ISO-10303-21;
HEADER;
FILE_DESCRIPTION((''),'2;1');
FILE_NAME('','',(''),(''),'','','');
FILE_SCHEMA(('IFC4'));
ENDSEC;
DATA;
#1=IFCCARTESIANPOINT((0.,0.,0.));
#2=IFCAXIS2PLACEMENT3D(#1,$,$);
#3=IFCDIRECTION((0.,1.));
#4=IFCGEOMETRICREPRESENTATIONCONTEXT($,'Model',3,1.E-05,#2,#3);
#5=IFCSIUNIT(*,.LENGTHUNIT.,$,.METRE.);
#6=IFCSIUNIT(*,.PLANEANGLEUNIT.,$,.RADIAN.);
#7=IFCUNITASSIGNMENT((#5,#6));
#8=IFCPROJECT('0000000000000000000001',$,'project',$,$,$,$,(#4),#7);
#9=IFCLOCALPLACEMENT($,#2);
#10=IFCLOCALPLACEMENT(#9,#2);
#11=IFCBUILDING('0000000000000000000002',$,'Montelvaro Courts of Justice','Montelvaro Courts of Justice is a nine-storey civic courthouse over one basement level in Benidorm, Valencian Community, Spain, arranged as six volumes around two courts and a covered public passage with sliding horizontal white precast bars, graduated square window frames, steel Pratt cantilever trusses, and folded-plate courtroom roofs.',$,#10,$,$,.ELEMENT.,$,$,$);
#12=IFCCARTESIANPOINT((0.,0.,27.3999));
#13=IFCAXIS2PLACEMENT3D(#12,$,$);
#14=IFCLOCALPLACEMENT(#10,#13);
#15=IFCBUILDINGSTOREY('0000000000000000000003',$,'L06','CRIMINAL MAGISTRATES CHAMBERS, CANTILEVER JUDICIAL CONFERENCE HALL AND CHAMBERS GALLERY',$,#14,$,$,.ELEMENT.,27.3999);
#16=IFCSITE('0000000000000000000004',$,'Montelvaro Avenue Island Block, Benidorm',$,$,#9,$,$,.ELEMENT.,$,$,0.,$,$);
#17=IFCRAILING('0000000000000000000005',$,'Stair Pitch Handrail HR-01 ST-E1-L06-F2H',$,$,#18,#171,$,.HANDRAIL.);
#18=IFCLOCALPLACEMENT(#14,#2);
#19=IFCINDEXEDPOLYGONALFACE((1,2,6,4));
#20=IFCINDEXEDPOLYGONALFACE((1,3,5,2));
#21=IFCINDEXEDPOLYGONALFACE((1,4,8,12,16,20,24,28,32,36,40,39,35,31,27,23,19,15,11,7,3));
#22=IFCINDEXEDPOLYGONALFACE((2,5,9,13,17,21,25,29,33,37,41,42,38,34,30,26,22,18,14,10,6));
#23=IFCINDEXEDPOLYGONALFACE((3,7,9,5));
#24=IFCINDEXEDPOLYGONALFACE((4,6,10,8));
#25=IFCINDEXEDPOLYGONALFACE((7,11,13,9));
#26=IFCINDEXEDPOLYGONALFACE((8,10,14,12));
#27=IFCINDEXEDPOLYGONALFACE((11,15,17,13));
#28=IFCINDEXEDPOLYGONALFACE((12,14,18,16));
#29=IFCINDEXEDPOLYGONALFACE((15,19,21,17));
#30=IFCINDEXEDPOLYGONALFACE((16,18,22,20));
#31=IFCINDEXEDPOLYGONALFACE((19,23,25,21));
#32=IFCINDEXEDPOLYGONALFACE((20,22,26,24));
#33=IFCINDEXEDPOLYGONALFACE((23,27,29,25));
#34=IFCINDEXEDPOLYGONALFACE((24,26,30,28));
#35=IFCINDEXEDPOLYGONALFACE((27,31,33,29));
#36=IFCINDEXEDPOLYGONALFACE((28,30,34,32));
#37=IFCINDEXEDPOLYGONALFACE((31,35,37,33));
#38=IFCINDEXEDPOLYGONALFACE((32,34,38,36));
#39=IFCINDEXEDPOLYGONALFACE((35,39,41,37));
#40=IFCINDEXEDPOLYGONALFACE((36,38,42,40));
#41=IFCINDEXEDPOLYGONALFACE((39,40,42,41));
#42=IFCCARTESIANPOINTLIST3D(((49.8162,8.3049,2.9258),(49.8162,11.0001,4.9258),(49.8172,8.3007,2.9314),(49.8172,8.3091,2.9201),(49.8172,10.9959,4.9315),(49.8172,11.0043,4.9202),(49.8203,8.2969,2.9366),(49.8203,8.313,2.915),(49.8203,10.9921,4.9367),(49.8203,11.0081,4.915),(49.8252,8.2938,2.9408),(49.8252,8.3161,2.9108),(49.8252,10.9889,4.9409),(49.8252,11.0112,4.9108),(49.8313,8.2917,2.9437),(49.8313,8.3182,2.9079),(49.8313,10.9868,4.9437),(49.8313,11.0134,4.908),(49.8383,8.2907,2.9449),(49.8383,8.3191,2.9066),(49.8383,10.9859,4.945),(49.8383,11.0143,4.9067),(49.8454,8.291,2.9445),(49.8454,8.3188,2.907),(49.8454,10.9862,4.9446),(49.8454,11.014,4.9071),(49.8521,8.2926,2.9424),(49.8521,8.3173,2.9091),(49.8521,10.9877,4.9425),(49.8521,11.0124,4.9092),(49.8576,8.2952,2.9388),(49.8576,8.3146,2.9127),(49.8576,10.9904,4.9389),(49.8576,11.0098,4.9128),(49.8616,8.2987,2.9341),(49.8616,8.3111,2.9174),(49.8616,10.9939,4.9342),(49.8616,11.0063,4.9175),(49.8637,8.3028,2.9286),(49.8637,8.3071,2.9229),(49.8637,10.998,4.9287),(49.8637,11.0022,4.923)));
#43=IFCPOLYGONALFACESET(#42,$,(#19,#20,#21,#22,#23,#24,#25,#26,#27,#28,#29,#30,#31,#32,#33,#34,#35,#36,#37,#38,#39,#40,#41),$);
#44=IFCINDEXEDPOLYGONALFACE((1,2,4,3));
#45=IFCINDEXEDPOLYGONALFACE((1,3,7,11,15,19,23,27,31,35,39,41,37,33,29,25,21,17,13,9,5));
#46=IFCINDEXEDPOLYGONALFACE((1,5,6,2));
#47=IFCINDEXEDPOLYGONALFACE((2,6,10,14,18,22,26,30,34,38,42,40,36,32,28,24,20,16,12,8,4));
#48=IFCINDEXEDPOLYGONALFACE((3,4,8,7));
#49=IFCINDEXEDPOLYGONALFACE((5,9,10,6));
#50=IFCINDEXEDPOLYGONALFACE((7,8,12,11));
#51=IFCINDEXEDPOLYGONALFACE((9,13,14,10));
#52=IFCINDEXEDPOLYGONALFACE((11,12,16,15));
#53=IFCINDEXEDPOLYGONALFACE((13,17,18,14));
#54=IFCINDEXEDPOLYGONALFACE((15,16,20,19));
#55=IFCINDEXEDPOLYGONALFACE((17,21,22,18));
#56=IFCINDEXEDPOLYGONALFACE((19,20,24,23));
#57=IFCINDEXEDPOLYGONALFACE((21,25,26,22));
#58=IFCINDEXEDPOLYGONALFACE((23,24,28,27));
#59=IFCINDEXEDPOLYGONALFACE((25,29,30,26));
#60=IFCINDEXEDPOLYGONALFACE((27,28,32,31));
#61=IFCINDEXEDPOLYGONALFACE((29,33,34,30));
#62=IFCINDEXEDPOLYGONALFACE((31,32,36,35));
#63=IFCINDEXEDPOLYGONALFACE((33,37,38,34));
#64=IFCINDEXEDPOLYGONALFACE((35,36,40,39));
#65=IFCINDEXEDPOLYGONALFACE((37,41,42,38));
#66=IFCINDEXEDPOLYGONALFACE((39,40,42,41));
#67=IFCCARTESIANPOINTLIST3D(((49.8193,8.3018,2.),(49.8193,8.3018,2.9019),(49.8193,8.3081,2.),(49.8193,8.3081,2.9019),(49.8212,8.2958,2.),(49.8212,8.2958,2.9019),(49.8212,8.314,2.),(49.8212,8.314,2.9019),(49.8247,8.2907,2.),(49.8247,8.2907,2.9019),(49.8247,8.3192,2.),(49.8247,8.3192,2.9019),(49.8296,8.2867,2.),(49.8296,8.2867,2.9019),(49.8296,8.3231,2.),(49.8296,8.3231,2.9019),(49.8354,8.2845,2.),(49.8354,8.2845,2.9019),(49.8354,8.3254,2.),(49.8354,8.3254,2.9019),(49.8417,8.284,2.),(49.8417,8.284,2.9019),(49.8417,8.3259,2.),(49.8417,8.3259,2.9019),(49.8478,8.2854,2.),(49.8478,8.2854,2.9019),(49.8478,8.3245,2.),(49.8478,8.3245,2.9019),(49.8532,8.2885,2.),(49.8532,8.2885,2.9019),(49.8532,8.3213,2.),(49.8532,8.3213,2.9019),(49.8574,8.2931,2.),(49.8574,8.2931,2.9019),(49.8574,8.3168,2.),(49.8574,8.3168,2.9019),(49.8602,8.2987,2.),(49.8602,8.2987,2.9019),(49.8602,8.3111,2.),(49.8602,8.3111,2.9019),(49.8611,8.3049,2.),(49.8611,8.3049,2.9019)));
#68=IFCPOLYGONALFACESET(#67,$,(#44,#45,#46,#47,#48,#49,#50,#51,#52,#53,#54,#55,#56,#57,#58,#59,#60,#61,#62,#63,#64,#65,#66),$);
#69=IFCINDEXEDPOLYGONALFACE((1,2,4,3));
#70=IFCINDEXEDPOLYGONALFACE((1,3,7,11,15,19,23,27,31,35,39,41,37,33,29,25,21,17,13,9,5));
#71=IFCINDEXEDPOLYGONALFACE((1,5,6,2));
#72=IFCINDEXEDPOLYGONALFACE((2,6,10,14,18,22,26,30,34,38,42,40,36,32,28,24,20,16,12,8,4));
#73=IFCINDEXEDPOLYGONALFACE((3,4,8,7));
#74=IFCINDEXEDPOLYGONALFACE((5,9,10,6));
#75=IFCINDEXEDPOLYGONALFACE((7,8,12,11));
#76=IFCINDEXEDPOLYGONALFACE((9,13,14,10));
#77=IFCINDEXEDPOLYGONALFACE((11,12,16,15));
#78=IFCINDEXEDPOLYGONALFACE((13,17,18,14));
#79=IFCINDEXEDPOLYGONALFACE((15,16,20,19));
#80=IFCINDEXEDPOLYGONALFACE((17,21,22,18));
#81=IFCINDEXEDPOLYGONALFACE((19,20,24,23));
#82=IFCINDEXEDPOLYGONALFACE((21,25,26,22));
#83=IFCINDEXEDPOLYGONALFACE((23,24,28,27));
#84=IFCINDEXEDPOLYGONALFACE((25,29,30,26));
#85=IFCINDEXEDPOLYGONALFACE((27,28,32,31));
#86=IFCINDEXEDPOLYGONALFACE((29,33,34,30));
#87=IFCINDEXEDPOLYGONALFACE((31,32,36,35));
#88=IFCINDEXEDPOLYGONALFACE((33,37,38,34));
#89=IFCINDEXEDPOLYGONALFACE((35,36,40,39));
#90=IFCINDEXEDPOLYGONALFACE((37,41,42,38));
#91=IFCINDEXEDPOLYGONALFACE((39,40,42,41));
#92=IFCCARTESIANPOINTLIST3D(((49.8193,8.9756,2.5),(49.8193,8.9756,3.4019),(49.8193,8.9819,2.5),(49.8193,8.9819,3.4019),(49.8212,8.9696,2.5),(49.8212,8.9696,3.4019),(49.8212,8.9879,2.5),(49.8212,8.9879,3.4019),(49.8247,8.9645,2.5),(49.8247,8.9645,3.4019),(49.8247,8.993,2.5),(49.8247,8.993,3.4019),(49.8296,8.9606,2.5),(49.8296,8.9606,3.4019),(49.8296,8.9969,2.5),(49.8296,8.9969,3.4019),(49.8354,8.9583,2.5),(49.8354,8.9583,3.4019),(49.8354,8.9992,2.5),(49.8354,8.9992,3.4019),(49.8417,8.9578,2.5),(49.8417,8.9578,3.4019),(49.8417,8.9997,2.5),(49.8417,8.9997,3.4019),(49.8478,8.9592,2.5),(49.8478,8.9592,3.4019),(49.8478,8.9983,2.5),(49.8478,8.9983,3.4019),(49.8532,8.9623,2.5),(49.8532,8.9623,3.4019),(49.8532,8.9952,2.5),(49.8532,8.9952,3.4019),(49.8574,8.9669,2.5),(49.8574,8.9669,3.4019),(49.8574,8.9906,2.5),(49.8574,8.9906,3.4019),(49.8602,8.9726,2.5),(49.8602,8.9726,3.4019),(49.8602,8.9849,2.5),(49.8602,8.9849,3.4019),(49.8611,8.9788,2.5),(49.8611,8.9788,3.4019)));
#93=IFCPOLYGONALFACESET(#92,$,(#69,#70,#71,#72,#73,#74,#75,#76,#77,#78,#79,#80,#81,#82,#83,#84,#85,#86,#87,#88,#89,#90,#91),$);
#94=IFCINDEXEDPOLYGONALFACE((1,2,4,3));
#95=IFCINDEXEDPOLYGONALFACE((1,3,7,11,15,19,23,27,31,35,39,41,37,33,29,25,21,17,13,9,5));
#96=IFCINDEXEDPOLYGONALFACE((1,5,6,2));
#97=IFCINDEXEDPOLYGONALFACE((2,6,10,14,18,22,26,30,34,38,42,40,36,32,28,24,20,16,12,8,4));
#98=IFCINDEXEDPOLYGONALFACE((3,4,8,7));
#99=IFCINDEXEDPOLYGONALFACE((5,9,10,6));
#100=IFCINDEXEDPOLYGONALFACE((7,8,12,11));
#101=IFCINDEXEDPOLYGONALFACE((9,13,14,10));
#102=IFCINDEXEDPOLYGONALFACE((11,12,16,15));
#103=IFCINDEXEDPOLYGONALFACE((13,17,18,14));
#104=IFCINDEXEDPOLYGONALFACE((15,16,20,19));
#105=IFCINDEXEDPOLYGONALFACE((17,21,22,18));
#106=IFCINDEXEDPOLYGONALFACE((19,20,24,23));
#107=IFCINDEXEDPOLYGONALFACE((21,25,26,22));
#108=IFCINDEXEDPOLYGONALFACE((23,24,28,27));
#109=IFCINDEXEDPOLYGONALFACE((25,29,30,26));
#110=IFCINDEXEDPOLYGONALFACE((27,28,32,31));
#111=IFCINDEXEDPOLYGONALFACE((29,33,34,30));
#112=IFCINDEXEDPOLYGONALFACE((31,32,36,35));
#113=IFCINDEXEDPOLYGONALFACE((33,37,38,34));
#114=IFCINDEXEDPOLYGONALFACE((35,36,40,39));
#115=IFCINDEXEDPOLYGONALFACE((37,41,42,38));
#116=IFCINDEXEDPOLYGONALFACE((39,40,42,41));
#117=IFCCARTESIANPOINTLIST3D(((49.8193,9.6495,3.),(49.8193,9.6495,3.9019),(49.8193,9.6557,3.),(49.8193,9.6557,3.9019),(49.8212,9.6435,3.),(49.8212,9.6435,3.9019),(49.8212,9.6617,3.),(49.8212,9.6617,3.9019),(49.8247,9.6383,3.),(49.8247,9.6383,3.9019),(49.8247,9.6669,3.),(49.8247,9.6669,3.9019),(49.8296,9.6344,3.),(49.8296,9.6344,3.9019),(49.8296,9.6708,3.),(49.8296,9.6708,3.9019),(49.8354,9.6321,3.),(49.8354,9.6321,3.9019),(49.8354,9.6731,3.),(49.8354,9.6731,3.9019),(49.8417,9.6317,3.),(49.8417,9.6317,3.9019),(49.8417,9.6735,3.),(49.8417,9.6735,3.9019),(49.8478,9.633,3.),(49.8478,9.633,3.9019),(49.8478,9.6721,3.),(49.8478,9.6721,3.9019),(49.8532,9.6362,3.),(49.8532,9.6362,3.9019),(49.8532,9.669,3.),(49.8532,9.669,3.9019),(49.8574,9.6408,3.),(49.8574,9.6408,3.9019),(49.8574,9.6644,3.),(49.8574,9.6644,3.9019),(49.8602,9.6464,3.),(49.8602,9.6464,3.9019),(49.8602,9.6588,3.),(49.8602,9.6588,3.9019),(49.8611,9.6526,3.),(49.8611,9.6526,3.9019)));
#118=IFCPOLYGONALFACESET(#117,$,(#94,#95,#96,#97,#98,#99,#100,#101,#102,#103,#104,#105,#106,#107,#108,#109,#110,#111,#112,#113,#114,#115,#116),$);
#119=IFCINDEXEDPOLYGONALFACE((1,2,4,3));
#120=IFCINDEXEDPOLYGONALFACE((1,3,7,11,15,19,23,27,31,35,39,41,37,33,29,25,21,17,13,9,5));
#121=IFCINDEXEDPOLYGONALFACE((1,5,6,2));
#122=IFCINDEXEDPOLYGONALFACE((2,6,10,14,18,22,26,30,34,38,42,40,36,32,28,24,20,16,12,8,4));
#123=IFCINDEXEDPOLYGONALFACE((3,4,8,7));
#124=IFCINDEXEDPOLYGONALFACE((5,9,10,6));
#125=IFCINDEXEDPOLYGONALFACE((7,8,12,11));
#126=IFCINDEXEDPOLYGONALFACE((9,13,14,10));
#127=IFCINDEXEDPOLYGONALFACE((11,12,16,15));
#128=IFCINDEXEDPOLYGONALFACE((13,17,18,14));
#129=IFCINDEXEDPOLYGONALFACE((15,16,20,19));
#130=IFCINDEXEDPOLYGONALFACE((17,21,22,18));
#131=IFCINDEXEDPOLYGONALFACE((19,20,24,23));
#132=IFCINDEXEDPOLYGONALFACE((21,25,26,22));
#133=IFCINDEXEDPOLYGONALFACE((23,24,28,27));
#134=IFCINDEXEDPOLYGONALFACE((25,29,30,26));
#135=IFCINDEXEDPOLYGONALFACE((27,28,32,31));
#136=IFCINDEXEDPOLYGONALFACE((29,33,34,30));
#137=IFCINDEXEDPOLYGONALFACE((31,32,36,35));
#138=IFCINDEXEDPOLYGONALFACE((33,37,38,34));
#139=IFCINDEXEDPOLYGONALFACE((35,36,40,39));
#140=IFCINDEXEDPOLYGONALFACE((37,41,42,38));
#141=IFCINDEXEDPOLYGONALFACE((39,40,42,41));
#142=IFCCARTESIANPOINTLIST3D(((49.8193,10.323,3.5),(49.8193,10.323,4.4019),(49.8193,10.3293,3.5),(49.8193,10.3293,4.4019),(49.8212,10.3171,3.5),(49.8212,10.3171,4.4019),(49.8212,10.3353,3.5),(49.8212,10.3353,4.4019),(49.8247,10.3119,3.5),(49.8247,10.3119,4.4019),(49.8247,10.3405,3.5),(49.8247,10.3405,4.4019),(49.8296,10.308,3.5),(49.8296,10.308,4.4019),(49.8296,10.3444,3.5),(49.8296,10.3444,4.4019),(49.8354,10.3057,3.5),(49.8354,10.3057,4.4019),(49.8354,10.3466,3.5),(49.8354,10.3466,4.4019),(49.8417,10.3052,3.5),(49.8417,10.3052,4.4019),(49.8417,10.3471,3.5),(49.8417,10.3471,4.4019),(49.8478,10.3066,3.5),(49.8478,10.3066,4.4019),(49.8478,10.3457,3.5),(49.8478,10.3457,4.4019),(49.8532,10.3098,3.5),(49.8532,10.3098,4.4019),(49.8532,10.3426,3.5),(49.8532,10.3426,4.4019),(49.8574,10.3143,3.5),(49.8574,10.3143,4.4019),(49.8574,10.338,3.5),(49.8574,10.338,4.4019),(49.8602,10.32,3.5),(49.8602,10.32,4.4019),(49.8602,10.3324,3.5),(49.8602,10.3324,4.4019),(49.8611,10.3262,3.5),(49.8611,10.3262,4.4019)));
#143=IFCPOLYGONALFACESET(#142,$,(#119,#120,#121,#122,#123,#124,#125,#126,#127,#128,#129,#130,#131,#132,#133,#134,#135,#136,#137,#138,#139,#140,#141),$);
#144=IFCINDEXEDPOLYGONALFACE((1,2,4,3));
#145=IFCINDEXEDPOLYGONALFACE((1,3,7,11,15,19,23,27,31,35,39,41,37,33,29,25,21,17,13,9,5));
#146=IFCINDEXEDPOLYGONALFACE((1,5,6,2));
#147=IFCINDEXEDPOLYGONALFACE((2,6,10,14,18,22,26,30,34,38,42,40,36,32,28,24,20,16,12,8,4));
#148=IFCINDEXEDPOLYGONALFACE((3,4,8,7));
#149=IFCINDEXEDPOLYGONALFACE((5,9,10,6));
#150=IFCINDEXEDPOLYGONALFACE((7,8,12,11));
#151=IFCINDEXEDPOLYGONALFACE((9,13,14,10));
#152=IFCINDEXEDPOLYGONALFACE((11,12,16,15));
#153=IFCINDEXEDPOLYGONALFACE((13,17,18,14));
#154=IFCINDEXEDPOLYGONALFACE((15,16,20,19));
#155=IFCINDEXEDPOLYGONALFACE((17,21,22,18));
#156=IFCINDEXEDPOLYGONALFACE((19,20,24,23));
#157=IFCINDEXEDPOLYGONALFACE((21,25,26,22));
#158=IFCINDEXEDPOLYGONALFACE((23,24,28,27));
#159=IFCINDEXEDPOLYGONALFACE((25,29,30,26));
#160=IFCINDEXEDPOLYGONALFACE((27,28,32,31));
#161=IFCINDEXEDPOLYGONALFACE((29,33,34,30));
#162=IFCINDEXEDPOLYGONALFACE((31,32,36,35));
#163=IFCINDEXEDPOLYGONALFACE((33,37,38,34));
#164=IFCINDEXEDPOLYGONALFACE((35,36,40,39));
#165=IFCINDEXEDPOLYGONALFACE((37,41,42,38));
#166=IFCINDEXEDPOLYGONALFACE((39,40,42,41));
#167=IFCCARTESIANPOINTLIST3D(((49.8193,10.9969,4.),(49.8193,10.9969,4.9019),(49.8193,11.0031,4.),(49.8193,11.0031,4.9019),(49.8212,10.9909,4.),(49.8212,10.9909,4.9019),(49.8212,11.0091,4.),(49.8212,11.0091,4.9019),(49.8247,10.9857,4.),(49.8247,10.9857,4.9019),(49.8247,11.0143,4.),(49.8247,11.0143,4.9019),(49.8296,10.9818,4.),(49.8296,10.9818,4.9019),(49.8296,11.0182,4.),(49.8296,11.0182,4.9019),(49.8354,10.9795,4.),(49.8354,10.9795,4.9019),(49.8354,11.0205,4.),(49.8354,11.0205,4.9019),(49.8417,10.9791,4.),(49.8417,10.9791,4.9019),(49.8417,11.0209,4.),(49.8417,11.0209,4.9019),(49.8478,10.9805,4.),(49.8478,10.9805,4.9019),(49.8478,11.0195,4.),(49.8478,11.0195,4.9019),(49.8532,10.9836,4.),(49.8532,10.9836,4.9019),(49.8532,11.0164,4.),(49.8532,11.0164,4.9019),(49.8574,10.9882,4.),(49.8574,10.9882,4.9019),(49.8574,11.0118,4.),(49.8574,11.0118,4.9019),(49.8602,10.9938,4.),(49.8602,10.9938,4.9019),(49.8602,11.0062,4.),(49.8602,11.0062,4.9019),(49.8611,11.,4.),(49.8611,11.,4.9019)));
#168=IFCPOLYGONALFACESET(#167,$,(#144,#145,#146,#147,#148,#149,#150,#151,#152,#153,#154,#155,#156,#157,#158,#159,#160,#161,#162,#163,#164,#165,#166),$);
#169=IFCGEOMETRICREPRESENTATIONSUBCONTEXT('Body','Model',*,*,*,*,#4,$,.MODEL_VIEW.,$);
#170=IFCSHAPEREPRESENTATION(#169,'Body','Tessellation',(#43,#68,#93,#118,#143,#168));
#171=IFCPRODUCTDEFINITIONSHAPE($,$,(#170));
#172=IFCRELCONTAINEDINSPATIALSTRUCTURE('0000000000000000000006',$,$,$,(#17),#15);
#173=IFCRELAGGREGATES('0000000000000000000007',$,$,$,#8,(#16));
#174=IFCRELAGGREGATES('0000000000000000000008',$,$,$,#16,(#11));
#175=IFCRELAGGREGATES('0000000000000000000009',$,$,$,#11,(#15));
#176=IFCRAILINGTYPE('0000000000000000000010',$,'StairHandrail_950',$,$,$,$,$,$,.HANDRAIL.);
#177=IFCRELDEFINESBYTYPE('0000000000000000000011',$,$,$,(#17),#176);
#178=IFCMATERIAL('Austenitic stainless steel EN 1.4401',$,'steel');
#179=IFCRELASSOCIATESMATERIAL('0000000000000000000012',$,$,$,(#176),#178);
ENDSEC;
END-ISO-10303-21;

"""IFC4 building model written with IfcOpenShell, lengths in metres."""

from ifc_helpers import new_model, si_unit, direction, frame, origin, origin_2d, place, context, subcontext, project, spatial, circle, extrude, material, type_object, element, save


model = new_model("IFC4")

# Units and contexts
model_context = context("Model", 3, precision=1e-05, world=origin(), true_north=direction((0.0, 1.0)))
body_context = subcontext(model_context, "Body", "Model", "MODEL_VIEW")
ifc_project = project(units=[si_unit("LENGTHUNIT", "METRE"), si_unit("PLANEANGLEUNIT", "RADIAN")], contexts=[model_context])

# Site, building, storey
site_placement = place(None, origin())
site = spatial("IfcSite", under=ifc_project, at=site_placement, Name="Montelvaro Avenue Island Block, Benidorm", CompositionType="ELEMENT", RefElevation=0.0)
building_placement = place(site_placement, origin())
building = spatial("IfcBuilding", under=site, at=building_placement, Name="Montelvaro Courts of Justice", Description="Montelvaro Courts of Justice is a nine-storey civic courthouse over one basement level in Benidorm, Valencian Community, Spain, arranged as six volumes around two courts and a covered public passage with sliding horizontal white precast bars, graduated square window frames, steel Pratt cantilever trusses, and folded-plate courtroom roofs.", CompositionType="ELEMENT")
storey_placement = place(building_placement, frame((0.0, 0.0, 27.3999)))
storey = spatial("IfcBuildingStorey", under=building, at=storey_placement, Name="L06", Description="CRIMINAL MAGISTRATES CHAMBERS, CANTILEVER JUDICIAL CONFERENCE HALL AND CHAMBERS GALLERY", CompositionType="ELEMENT", Elevation=27.3999)

# Railing
ifc_material_1 = material(Name="Austenitic stainless steel EN 1.4401", Category="steel")
railing_type_1 = type_object("IfcRailingType", Name="StairHandrail_950", PredefinedType="HANDRAIL", material=ifc_material_1)
railing_1_placement = place(storey_placement, frame((49.8401, 8.3049, 2.0)))
element("IfcRailing", 1, at=railing_1_placement, inside=storey, type_object=railing_type_1, Name="Stair Pitch Handrail HR-01 ST-E1-L06-F2H", PredefinedType="HANDRAIL", context=body_context, shape_type="SweptSolid", body=[
    extrude(circle(Radius=0.0239, at=origin_2d()), frame((0.0, 0.0, 0.9258), z_axis=(0.0, 0.803036, 0.59593), x_axis=(-1.0, 0.0, 0.0)), (0.0, 0.0, 1.0), 3.3562),
    extrude(circle(Radius=0.021, at=origin_2d()), origin(), (0.0, 0.0, 1.0), 0.9019),
    extrude(circle(Radius=0.021, at=origin_2d()), frame((0.0, 0.6738, 0.5)), (0.0, 0.0, 1.0), 0.9019),
    extrude(circle(Radius=0.021, at=origin_2d()), frame((0.0, 1.3477, 1.0)), (0.0, 0.0, 1.0), 0.9019),
    extrude(circle(Radius=0.021, at=origin_2d()), frame((0.0, 2.0212, 1.5)), (0.0, 0.0, 1.0), 0.9019),
    extrude(circle(Radius=0.021, at=origin_2d()), frame((0.0, 2.6951, 2.0)), (0.0, 0.0, 1.0), 0.9019),
])

save(model, "model.ifc")
